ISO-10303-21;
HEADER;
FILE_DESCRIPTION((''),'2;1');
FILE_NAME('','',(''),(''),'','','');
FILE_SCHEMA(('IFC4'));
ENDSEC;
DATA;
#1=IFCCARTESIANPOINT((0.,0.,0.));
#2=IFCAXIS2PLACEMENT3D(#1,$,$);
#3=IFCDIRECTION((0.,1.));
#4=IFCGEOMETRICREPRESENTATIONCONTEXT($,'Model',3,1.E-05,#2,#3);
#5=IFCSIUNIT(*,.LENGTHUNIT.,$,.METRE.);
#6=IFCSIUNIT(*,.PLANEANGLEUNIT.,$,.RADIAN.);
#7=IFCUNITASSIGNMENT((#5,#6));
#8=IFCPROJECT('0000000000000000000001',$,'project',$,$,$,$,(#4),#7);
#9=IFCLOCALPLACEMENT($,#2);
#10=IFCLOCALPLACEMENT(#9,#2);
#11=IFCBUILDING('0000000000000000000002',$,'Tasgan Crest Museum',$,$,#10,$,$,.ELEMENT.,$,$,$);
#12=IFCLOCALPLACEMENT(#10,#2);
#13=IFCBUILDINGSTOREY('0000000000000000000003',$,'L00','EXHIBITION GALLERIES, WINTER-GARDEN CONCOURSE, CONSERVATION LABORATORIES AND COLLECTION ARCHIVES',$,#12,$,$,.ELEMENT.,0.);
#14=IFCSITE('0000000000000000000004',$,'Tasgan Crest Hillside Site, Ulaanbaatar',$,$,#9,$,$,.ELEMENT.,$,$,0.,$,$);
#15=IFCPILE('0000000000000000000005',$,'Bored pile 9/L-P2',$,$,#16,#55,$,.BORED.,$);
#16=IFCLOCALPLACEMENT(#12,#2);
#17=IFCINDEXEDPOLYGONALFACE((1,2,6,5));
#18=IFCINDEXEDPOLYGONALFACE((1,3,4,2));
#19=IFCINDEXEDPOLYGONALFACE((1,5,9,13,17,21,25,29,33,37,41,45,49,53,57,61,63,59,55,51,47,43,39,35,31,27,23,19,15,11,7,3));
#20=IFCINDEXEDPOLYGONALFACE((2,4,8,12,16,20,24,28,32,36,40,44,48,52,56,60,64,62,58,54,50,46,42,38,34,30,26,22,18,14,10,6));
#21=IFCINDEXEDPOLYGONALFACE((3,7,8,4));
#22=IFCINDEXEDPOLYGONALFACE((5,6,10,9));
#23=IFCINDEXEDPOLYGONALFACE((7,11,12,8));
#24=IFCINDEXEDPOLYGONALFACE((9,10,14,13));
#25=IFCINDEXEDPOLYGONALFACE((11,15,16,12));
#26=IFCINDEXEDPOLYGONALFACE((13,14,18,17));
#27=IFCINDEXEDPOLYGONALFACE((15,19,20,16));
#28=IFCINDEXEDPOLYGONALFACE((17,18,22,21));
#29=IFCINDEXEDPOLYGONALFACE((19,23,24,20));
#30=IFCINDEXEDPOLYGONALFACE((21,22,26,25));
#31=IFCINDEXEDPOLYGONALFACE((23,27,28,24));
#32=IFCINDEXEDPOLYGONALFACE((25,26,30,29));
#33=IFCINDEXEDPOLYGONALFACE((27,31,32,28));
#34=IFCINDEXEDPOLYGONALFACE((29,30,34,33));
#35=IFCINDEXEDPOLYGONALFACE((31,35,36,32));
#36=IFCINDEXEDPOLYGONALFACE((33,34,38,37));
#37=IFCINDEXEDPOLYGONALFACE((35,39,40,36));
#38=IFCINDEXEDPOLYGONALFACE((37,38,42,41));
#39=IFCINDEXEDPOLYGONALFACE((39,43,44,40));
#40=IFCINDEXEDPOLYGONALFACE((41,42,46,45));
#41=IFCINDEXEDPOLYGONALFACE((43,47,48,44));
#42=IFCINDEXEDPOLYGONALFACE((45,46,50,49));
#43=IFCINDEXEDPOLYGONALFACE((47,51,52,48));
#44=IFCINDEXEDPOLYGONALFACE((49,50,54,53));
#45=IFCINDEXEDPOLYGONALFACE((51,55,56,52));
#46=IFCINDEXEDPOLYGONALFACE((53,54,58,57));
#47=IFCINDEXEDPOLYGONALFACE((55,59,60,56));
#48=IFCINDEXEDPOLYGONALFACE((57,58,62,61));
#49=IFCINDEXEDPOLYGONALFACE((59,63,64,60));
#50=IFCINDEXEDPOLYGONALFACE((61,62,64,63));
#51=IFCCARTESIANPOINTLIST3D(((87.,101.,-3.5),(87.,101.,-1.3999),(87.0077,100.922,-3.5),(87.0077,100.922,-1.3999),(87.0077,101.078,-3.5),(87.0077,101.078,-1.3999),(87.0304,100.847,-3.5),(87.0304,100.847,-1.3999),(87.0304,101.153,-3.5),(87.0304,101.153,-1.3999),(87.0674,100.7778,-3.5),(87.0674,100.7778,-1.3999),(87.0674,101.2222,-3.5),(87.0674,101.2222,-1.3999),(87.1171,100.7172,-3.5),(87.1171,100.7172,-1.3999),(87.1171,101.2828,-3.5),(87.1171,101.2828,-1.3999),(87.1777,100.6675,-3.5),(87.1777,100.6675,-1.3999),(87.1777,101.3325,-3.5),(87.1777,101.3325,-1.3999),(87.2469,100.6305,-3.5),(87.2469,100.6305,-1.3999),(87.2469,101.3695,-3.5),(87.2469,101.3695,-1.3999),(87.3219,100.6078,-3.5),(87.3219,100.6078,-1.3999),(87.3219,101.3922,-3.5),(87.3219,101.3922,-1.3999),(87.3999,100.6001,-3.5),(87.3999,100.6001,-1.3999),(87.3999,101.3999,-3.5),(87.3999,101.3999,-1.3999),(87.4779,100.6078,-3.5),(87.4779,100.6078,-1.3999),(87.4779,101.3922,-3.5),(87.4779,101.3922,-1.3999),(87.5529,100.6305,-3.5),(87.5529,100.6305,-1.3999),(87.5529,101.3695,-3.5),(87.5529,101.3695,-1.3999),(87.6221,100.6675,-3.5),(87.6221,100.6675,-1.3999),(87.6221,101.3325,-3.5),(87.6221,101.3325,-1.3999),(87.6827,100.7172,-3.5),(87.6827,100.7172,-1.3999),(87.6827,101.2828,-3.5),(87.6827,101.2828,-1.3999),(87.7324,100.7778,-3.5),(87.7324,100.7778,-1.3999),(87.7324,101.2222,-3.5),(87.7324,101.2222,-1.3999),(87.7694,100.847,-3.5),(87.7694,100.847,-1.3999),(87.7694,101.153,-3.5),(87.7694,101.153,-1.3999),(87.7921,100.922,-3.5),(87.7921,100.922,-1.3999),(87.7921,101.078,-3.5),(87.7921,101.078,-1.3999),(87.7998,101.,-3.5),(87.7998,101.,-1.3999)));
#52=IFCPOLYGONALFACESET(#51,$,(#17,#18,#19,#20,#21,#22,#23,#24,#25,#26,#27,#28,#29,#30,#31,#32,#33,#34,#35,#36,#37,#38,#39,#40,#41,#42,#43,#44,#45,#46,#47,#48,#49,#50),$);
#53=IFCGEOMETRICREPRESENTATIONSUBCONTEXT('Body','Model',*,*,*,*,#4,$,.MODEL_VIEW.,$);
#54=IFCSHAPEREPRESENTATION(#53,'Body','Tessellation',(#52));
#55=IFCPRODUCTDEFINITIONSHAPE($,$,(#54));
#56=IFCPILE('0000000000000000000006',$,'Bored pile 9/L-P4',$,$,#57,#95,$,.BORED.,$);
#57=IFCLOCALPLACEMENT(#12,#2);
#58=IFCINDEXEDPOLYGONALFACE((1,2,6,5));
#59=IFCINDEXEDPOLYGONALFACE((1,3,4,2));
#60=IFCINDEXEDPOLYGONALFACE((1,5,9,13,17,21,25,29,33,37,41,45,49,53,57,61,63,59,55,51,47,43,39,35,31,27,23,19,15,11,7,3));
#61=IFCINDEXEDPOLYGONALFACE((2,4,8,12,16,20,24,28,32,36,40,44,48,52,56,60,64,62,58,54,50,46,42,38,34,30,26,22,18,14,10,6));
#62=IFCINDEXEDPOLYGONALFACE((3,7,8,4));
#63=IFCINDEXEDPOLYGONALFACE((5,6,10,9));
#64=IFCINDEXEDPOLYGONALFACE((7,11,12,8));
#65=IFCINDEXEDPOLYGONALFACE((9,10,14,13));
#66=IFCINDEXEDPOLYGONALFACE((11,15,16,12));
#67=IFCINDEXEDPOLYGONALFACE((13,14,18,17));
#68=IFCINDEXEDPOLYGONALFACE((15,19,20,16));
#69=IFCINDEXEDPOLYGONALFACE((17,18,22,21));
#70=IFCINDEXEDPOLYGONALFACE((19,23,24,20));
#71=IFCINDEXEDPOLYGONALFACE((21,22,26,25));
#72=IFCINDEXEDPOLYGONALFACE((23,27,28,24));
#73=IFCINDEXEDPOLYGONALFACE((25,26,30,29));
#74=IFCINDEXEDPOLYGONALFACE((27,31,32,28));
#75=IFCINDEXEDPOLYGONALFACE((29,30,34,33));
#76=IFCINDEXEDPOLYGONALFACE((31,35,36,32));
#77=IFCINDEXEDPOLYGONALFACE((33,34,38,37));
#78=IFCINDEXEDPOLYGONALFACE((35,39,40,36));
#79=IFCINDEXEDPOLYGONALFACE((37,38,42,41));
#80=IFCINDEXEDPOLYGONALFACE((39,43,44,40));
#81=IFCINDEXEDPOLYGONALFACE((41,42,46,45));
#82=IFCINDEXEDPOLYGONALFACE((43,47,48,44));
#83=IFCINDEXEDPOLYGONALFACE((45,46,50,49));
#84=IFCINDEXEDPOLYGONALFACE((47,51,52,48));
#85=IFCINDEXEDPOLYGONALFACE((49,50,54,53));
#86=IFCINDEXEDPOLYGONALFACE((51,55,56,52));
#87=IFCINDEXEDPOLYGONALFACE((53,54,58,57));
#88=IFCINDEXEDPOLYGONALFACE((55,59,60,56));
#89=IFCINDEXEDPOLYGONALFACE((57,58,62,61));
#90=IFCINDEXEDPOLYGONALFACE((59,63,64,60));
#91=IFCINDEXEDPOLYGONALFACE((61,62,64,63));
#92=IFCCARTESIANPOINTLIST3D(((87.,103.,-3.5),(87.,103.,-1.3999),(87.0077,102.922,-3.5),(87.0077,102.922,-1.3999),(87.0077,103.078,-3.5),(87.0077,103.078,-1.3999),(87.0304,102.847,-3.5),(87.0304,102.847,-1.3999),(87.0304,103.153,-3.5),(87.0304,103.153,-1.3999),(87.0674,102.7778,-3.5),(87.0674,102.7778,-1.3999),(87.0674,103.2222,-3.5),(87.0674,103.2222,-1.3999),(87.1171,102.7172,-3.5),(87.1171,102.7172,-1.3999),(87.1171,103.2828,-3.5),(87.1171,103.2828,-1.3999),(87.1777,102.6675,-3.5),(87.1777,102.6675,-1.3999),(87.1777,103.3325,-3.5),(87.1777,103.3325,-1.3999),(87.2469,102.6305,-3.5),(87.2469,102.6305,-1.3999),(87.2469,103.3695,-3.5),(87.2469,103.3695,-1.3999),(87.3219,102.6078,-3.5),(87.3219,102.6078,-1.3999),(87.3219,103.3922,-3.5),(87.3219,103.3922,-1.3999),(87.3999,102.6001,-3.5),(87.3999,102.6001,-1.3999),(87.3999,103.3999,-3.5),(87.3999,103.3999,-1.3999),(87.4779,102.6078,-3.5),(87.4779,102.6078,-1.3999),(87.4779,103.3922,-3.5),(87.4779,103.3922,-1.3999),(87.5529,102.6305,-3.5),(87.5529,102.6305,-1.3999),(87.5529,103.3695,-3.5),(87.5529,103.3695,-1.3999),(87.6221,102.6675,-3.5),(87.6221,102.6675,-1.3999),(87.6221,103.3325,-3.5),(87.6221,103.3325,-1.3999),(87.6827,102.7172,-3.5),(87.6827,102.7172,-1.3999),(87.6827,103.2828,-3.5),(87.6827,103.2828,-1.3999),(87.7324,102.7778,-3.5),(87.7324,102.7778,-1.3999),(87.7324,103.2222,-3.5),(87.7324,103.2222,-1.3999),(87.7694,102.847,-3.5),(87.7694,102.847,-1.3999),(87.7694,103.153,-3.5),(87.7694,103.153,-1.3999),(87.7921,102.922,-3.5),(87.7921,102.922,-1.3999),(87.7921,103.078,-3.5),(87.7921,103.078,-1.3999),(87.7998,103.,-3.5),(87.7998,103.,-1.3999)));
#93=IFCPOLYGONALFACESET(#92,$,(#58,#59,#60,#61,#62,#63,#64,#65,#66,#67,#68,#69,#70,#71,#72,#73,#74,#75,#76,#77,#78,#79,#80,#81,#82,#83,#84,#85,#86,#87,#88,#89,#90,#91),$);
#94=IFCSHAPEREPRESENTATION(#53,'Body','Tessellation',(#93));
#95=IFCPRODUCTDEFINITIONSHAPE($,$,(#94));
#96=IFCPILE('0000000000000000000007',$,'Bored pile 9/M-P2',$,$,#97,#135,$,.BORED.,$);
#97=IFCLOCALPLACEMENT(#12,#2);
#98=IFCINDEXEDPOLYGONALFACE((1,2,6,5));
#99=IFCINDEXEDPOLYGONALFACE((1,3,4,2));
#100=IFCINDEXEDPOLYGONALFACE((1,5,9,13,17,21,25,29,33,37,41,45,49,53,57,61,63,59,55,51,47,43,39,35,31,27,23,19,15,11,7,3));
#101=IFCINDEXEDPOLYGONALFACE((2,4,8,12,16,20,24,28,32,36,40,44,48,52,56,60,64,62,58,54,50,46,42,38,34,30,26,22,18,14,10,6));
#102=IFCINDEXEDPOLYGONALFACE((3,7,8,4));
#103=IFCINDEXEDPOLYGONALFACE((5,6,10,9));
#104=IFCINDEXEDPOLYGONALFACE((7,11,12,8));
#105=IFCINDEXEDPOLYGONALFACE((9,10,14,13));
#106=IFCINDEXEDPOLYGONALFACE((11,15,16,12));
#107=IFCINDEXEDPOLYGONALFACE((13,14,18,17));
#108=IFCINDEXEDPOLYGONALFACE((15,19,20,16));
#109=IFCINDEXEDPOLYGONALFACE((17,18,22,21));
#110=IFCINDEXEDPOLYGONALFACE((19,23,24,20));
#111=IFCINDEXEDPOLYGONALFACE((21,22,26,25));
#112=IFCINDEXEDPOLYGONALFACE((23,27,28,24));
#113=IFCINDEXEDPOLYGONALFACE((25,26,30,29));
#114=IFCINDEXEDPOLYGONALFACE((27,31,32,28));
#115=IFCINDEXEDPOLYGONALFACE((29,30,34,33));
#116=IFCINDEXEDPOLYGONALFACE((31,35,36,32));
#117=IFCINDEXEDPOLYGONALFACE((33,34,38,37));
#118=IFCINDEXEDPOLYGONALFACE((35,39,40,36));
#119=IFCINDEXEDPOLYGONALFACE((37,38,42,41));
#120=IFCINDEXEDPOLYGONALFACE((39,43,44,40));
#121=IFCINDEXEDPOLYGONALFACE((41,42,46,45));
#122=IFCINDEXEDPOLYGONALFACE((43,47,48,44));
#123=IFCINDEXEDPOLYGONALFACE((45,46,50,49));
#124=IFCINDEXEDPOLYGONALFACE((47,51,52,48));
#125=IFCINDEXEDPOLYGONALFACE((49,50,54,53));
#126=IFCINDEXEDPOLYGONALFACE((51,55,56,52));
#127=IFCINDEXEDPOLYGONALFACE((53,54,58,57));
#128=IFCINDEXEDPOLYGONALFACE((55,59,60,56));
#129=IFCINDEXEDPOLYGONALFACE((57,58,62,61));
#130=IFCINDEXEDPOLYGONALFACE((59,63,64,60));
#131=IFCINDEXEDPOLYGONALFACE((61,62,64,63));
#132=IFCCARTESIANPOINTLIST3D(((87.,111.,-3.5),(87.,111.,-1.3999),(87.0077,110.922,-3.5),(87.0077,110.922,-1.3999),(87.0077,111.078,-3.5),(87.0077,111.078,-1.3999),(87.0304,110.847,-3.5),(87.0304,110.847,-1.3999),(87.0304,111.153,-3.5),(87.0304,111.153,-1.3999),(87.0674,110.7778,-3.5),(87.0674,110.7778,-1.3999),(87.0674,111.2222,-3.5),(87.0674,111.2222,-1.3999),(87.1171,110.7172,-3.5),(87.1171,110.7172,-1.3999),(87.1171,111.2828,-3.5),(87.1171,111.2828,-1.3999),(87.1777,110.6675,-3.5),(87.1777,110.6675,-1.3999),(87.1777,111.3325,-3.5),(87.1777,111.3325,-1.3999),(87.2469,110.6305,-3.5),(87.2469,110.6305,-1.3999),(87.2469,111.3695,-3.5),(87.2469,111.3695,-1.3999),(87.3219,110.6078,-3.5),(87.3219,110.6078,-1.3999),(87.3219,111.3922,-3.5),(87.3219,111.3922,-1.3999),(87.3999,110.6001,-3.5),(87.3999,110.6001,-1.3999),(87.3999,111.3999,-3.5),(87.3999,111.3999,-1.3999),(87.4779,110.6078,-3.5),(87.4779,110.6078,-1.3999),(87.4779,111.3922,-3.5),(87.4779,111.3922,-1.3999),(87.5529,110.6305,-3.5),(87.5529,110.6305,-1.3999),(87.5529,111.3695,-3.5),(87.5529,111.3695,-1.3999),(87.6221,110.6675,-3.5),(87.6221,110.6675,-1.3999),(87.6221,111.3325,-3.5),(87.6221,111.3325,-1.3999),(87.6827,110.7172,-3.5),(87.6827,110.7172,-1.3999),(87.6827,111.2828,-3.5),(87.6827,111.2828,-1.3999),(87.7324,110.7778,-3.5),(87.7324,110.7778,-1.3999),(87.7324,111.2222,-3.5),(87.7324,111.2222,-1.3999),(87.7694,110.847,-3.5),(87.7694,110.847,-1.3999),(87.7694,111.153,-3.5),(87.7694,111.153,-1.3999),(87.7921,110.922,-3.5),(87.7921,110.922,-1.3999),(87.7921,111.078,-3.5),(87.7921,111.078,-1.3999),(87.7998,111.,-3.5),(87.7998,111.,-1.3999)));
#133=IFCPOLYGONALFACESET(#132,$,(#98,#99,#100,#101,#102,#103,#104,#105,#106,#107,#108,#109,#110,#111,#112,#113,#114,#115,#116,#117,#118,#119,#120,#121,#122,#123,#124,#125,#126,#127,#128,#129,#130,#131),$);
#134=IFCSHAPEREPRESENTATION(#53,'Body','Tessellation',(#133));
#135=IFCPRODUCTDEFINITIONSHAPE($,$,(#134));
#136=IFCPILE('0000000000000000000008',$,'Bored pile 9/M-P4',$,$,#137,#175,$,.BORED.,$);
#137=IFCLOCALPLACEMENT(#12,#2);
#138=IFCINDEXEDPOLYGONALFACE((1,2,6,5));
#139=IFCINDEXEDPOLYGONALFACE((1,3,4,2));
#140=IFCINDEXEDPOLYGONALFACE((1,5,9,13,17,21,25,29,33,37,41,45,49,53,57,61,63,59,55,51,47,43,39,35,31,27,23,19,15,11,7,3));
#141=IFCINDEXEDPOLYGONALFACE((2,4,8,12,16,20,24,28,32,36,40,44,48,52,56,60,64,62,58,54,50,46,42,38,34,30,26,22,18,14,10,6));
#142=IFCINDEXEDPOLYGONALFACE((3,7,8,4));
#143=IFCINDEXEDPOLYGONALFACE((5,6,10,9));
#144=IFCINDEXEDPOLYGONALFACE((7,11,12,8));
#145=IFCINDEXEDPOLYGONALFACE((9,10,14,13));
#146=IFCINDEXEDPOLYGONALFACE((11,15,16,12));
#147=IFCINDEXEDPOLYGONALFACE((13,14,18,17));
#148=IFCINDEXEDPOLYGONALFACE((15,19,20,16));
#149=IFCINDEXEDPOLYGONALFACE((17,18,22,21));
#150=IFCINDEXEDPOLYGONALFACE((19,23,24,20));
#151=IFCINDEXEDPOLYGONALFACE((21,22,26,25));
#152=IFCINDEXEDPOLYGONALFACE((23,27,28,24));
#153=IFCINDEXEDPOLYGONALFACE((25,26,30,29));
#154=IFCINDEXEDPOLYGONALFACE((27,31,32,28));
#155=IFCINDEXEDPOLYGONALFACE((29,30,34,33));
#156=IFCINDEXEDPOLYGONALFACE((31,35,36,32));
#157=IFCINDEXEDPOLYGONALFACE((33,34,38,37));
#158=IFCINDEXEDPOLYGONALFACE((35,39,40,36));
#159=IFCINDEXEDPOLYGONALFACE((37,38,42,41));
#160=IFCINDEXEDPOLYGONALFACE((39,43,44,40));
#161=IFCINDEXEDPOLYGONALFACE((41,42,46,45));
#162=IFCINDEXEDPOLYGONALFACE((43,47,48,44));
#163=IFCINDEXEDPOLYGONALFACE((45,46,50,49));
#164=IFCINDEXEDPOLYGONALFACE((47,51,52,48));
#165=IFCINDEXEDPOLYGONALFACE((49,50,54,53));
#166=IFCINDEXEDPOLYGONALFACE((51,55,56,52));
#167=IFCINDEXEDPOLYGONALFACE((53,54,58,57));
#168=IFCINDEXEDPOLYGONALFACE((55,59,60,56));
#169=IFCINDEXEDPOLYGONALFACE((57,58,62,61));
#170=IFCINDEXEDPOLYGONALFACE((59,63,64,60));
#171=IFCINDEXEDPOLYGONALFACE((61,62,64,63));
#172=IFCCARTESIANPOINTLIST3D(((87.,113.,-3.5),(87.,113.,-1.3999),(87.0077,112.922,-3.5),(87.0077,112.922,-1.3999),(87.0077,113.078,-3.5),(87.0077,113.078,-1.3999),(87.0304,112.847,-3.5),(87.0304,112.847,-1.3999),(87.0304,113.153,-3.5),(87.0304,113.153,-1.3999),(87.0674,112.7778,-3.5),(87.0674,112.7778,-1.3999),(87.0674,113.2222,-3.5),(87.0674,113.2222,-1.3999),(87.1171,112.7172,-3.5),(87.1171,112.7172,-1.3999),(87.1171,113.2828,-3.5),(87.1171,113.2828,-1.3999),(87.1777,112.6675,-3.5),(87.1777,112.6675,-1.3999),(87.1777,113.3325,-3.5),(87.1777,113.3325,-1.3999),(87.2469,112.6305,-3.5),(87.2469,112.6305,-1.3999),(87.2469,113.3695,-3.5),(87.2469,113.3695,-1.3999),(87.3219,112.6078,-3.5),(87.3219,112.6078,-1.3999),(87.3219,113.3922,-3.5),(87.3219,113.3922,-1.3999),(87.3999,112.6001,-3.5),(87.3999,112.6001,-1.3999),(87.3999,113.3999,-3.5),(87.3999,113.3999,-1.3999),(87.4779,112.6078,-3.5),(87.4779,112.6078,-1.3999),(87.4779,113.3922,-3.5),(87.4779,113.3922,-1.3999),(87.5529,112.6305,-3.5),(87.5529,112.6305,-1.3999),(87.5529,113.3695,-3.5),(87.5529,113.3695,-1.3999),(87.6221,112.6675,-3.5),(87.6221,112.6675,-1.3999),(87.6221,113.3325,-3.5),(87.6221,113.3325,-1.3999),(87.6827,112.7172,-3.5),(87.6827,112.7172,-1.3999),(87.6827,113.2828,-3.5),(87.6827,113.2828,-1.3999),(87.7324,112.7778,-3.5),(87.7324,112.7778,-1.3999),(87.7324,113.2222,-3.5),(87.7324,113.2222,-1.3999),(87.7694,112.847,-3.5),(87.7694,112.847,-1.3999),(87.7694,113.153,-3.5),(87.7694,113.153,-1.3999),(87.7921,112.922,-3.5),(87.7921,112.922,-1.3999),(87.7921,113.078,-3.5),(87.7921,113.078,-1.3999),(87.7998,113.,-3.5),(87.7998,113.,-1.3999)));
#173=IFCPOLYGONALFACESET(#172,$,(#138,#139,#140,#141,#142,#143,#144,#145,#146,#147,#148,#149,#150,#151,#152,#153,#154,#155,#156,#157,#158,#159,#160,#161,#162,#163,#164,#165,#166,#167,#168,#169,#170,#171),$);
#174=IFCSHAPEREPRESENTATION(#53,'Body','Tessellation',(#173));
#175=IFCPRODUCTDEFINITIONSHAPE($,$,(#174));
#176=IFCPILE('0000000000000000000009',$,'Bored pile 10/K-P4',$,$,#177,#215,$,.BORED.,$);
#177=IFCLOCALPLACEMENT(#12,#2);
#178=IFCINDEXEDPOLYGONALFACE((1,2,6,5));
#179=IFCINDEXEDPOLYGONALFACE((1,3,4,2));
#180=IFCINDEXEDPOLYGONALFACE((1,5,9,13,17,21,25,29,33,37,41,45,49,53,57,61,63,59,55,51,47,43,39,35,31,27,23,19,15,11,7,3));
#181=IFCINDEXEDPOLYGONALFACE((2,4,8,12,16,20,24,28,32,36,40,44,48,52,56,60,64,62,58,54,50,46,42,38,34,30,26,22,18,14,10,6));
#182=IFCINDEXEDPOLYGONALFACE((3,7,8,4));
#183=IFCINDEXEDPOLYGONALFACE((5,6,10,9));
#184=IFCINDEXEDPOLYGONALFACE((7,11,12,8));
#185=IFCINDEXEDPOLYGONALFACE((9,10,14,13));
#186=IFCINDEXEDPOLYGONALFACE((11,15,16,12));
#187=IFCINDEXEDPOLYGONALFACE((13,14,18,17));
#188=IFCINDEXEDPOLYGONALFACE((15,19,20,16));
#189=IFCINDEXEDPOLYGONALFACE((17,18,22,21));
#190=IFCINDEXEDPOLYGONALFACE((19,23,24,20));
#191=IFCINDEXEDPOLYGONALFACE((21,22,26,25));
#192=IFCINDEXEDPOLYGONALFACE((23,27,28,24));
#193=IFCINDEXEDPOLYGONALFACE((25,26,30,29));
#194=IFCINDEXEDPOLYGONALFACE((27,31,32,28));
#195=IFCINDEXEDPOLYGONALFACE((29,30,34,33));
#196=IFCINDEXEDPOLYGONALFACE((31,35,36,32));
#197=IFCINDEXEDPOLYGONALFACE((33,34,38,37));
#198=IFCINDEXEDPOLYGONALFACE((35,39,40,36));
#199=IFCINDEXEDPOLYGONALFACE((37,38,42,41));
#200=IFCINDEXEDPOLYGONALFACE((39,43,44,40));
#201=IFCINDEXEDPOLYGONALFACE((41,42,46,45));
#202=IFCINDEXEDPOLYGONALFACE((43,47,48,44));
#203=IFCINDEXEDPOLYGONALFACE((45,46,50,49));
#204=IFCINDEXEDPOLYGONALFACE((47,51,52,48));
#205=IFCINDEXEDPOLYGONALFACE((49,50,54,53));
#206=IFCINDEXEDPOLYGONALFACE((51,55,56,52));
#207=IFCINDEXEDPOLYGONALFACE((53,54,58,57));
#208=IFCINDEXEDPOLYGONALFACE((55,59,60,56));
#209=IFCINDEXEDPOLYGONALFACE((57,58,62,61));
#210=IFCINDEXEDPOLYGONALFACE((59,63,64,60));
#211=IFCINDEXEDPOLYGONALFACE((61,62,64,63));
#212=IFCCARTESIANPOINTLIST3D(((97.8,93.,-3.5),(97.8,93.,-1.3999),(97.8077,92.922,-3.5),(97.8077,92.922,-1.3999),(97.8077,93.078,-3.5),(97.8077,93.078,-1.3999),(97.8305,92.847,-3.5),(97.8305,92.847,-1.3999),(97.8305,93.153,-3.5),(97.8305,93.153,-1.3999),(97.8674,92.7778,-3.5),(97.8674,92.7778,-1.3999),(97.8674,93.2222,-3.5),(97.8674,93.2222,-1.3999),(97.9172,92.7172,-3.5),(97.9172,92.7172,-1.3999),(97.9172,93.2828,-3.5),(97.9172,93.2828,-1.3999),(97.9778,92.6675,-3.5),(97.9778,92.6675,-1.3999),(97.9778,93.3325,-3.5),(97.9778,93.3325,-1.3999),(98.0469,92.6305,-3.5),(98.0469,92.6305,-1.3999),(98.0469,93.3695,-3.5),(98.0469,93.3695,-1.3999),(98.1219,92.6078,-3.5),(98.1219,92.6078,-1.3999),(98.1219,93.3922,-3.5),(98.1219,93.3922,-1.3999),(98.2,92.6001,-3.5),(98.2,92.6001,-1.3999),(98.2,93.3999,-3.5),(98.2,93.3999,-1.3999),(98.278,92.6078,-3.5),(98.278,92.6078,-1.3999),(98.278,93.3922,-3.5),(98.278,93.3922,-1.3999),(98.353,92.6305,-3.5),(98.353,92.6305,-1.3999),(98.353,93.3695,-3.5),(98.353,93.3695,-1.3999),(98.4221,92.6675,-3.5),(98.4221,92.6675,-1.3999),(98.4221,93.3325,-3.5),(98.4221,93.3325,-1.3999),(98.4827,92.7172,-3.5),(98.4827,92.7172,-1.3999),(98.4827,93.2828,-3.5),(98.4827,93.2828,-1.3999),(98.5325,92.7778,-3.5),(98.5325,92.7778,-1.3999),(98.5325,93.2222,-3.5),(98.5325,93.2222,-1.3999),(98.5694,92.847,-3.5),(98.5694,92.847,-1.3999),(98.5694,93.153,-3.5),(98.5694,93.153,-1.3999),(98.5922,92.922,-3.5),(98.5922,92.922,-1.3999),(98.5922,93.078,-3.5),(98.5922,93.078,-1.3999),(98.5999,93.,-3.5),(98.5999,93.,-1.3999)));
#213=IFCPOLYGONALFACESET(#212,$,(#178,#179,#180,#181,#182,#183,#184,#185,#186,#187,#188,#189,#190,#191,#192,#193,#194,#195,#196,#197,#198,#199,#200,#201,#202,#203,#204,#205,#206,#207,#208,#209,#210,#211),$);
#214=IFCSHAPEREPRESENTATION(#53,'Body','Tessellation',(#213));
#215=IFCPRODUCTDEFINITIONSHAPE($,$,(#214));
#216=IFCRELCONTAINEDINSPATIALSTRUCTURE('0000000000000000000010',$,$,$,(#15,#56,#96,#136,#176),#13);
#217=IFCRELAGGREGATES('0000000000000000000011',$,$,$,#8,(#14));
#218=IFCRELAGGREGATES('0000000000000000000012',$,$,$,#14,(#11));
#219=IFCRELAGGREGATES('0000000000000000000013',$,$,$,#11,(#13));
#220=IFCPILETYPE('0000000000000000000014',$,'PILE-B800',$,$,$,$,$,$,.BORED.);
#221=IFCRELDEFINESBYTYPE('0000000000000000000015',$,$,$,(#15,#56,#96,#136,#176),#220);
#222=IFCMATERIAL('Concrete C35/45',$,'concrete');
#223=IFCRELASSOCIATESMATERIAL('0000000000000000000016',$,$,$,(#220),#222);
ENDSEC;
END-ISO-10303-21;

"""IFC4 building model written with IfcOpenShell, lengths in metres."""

from ifc_helpers import new_model, si_unit, direction, frame, origin, origin_2d, place, context, subcontext, project, spatial, circle, extrude, material, material_profile, profile_set, type_object, element, save


model = new_model("IFC4")

# Units and contexts
model_context = context("Model", 3, precision=1e-05, world=origin(), true_north=direction((0.0, 1.0)))
body_context = subcontext(model_context, "Body", "Model", "MODEL_VIEW")
ifc_project = project(units=[si_unit("LENGTHUNIT", "METRE"), si_unit("PLANEANGLEUNIT", "RADIAN")], contexts=[model_context])

# Site, building, storey
site_placement = place(None, origin())
site = spatial("IfcSite", under=ifc_project, at=site_placement, Name="Tasgan Crest Hillside Site, Ulaanbaatar", CompositionType="ELEMENT", RefElevation=0.0)
building_placement = place(site_placement, origin())
building = spatial("IfcBuilding", under=site, at=building_placement, Name="Tasgan Crest Museum", CompositionType="ELEMENT")
storey_placement = place(building_placement, origin())
storey = spatial("IfcBuildingStorey", under=building, at=storey_placement, Name="L00", Description="EXHIBITION GALLERIES, WINTER-GARDEN CONCOURSE, CONSERVATION LABORATORIES AND COLLECTION ARCHIVES", CompositionType="ELEMENT", Elevation=0.0)

# Piles
ifc_material_1 = material(Name="Concrete C35/45", Category="concrete")
ifc_material_profile_1 = material_profile(ifc_material_1, circle(Radius=0.3999, at=origin_2d()), Name="PILE D800")
ifc_profile_set_1 = profile_set([ifc_material_profile_1], Name="Concrete C35/45")
pile_type_1 = type_object("IfcPileType", Name="PILE-B800", PredefinedType="BORED", material=ifc_profile_set_1)
for number, where, z_axis, x_axis, name in (
    (1, (87.3999, 101.0, -1.3999), (0.0, 0.0, -1.0), (1.0, 0.0, 0.0), "Bored pile 9/L-P2"),
    (2, (87.3999, 103.0, -1.3999), (0.0, 0.0, -1.0), (1.0, 0.0, 0.0), "Bored pile 9/L-P4"),
    (3, (87.3999, 111.0, -1.3999), (0.0, 0.0, -1.0), (1.0, 0.0, 0.0), "Bored pile 9/M-P2"),
    (4, (87.3999, 113.0, -1.3999), (0.0, 0.0, -1.0), (1.0, 0.0, 0.0), "Bored pile 9/M-P4"),
    (5, (98.2, 93.0, -1.3999), (0.0, 0.0, -1.0), (1.0, 0.0, 0.0), "Bored pile 10/K-P4"),
):
    element("IfcPile", number, at=place(storey_placement, frame(where, z_axis=z_axis, x_axis=x_axis)), inside=storey, type_object=pile_type_1, Name=name, PredefinedType="BORED", context=body_context, shape_type="SweptSolid", body=[
        extrude(circle(Radius=0.3999, at=origin_2d()), origin(), (0.0, 0.0, 1.0), 2.1001),
    ])

save(model, "model.ifc")
